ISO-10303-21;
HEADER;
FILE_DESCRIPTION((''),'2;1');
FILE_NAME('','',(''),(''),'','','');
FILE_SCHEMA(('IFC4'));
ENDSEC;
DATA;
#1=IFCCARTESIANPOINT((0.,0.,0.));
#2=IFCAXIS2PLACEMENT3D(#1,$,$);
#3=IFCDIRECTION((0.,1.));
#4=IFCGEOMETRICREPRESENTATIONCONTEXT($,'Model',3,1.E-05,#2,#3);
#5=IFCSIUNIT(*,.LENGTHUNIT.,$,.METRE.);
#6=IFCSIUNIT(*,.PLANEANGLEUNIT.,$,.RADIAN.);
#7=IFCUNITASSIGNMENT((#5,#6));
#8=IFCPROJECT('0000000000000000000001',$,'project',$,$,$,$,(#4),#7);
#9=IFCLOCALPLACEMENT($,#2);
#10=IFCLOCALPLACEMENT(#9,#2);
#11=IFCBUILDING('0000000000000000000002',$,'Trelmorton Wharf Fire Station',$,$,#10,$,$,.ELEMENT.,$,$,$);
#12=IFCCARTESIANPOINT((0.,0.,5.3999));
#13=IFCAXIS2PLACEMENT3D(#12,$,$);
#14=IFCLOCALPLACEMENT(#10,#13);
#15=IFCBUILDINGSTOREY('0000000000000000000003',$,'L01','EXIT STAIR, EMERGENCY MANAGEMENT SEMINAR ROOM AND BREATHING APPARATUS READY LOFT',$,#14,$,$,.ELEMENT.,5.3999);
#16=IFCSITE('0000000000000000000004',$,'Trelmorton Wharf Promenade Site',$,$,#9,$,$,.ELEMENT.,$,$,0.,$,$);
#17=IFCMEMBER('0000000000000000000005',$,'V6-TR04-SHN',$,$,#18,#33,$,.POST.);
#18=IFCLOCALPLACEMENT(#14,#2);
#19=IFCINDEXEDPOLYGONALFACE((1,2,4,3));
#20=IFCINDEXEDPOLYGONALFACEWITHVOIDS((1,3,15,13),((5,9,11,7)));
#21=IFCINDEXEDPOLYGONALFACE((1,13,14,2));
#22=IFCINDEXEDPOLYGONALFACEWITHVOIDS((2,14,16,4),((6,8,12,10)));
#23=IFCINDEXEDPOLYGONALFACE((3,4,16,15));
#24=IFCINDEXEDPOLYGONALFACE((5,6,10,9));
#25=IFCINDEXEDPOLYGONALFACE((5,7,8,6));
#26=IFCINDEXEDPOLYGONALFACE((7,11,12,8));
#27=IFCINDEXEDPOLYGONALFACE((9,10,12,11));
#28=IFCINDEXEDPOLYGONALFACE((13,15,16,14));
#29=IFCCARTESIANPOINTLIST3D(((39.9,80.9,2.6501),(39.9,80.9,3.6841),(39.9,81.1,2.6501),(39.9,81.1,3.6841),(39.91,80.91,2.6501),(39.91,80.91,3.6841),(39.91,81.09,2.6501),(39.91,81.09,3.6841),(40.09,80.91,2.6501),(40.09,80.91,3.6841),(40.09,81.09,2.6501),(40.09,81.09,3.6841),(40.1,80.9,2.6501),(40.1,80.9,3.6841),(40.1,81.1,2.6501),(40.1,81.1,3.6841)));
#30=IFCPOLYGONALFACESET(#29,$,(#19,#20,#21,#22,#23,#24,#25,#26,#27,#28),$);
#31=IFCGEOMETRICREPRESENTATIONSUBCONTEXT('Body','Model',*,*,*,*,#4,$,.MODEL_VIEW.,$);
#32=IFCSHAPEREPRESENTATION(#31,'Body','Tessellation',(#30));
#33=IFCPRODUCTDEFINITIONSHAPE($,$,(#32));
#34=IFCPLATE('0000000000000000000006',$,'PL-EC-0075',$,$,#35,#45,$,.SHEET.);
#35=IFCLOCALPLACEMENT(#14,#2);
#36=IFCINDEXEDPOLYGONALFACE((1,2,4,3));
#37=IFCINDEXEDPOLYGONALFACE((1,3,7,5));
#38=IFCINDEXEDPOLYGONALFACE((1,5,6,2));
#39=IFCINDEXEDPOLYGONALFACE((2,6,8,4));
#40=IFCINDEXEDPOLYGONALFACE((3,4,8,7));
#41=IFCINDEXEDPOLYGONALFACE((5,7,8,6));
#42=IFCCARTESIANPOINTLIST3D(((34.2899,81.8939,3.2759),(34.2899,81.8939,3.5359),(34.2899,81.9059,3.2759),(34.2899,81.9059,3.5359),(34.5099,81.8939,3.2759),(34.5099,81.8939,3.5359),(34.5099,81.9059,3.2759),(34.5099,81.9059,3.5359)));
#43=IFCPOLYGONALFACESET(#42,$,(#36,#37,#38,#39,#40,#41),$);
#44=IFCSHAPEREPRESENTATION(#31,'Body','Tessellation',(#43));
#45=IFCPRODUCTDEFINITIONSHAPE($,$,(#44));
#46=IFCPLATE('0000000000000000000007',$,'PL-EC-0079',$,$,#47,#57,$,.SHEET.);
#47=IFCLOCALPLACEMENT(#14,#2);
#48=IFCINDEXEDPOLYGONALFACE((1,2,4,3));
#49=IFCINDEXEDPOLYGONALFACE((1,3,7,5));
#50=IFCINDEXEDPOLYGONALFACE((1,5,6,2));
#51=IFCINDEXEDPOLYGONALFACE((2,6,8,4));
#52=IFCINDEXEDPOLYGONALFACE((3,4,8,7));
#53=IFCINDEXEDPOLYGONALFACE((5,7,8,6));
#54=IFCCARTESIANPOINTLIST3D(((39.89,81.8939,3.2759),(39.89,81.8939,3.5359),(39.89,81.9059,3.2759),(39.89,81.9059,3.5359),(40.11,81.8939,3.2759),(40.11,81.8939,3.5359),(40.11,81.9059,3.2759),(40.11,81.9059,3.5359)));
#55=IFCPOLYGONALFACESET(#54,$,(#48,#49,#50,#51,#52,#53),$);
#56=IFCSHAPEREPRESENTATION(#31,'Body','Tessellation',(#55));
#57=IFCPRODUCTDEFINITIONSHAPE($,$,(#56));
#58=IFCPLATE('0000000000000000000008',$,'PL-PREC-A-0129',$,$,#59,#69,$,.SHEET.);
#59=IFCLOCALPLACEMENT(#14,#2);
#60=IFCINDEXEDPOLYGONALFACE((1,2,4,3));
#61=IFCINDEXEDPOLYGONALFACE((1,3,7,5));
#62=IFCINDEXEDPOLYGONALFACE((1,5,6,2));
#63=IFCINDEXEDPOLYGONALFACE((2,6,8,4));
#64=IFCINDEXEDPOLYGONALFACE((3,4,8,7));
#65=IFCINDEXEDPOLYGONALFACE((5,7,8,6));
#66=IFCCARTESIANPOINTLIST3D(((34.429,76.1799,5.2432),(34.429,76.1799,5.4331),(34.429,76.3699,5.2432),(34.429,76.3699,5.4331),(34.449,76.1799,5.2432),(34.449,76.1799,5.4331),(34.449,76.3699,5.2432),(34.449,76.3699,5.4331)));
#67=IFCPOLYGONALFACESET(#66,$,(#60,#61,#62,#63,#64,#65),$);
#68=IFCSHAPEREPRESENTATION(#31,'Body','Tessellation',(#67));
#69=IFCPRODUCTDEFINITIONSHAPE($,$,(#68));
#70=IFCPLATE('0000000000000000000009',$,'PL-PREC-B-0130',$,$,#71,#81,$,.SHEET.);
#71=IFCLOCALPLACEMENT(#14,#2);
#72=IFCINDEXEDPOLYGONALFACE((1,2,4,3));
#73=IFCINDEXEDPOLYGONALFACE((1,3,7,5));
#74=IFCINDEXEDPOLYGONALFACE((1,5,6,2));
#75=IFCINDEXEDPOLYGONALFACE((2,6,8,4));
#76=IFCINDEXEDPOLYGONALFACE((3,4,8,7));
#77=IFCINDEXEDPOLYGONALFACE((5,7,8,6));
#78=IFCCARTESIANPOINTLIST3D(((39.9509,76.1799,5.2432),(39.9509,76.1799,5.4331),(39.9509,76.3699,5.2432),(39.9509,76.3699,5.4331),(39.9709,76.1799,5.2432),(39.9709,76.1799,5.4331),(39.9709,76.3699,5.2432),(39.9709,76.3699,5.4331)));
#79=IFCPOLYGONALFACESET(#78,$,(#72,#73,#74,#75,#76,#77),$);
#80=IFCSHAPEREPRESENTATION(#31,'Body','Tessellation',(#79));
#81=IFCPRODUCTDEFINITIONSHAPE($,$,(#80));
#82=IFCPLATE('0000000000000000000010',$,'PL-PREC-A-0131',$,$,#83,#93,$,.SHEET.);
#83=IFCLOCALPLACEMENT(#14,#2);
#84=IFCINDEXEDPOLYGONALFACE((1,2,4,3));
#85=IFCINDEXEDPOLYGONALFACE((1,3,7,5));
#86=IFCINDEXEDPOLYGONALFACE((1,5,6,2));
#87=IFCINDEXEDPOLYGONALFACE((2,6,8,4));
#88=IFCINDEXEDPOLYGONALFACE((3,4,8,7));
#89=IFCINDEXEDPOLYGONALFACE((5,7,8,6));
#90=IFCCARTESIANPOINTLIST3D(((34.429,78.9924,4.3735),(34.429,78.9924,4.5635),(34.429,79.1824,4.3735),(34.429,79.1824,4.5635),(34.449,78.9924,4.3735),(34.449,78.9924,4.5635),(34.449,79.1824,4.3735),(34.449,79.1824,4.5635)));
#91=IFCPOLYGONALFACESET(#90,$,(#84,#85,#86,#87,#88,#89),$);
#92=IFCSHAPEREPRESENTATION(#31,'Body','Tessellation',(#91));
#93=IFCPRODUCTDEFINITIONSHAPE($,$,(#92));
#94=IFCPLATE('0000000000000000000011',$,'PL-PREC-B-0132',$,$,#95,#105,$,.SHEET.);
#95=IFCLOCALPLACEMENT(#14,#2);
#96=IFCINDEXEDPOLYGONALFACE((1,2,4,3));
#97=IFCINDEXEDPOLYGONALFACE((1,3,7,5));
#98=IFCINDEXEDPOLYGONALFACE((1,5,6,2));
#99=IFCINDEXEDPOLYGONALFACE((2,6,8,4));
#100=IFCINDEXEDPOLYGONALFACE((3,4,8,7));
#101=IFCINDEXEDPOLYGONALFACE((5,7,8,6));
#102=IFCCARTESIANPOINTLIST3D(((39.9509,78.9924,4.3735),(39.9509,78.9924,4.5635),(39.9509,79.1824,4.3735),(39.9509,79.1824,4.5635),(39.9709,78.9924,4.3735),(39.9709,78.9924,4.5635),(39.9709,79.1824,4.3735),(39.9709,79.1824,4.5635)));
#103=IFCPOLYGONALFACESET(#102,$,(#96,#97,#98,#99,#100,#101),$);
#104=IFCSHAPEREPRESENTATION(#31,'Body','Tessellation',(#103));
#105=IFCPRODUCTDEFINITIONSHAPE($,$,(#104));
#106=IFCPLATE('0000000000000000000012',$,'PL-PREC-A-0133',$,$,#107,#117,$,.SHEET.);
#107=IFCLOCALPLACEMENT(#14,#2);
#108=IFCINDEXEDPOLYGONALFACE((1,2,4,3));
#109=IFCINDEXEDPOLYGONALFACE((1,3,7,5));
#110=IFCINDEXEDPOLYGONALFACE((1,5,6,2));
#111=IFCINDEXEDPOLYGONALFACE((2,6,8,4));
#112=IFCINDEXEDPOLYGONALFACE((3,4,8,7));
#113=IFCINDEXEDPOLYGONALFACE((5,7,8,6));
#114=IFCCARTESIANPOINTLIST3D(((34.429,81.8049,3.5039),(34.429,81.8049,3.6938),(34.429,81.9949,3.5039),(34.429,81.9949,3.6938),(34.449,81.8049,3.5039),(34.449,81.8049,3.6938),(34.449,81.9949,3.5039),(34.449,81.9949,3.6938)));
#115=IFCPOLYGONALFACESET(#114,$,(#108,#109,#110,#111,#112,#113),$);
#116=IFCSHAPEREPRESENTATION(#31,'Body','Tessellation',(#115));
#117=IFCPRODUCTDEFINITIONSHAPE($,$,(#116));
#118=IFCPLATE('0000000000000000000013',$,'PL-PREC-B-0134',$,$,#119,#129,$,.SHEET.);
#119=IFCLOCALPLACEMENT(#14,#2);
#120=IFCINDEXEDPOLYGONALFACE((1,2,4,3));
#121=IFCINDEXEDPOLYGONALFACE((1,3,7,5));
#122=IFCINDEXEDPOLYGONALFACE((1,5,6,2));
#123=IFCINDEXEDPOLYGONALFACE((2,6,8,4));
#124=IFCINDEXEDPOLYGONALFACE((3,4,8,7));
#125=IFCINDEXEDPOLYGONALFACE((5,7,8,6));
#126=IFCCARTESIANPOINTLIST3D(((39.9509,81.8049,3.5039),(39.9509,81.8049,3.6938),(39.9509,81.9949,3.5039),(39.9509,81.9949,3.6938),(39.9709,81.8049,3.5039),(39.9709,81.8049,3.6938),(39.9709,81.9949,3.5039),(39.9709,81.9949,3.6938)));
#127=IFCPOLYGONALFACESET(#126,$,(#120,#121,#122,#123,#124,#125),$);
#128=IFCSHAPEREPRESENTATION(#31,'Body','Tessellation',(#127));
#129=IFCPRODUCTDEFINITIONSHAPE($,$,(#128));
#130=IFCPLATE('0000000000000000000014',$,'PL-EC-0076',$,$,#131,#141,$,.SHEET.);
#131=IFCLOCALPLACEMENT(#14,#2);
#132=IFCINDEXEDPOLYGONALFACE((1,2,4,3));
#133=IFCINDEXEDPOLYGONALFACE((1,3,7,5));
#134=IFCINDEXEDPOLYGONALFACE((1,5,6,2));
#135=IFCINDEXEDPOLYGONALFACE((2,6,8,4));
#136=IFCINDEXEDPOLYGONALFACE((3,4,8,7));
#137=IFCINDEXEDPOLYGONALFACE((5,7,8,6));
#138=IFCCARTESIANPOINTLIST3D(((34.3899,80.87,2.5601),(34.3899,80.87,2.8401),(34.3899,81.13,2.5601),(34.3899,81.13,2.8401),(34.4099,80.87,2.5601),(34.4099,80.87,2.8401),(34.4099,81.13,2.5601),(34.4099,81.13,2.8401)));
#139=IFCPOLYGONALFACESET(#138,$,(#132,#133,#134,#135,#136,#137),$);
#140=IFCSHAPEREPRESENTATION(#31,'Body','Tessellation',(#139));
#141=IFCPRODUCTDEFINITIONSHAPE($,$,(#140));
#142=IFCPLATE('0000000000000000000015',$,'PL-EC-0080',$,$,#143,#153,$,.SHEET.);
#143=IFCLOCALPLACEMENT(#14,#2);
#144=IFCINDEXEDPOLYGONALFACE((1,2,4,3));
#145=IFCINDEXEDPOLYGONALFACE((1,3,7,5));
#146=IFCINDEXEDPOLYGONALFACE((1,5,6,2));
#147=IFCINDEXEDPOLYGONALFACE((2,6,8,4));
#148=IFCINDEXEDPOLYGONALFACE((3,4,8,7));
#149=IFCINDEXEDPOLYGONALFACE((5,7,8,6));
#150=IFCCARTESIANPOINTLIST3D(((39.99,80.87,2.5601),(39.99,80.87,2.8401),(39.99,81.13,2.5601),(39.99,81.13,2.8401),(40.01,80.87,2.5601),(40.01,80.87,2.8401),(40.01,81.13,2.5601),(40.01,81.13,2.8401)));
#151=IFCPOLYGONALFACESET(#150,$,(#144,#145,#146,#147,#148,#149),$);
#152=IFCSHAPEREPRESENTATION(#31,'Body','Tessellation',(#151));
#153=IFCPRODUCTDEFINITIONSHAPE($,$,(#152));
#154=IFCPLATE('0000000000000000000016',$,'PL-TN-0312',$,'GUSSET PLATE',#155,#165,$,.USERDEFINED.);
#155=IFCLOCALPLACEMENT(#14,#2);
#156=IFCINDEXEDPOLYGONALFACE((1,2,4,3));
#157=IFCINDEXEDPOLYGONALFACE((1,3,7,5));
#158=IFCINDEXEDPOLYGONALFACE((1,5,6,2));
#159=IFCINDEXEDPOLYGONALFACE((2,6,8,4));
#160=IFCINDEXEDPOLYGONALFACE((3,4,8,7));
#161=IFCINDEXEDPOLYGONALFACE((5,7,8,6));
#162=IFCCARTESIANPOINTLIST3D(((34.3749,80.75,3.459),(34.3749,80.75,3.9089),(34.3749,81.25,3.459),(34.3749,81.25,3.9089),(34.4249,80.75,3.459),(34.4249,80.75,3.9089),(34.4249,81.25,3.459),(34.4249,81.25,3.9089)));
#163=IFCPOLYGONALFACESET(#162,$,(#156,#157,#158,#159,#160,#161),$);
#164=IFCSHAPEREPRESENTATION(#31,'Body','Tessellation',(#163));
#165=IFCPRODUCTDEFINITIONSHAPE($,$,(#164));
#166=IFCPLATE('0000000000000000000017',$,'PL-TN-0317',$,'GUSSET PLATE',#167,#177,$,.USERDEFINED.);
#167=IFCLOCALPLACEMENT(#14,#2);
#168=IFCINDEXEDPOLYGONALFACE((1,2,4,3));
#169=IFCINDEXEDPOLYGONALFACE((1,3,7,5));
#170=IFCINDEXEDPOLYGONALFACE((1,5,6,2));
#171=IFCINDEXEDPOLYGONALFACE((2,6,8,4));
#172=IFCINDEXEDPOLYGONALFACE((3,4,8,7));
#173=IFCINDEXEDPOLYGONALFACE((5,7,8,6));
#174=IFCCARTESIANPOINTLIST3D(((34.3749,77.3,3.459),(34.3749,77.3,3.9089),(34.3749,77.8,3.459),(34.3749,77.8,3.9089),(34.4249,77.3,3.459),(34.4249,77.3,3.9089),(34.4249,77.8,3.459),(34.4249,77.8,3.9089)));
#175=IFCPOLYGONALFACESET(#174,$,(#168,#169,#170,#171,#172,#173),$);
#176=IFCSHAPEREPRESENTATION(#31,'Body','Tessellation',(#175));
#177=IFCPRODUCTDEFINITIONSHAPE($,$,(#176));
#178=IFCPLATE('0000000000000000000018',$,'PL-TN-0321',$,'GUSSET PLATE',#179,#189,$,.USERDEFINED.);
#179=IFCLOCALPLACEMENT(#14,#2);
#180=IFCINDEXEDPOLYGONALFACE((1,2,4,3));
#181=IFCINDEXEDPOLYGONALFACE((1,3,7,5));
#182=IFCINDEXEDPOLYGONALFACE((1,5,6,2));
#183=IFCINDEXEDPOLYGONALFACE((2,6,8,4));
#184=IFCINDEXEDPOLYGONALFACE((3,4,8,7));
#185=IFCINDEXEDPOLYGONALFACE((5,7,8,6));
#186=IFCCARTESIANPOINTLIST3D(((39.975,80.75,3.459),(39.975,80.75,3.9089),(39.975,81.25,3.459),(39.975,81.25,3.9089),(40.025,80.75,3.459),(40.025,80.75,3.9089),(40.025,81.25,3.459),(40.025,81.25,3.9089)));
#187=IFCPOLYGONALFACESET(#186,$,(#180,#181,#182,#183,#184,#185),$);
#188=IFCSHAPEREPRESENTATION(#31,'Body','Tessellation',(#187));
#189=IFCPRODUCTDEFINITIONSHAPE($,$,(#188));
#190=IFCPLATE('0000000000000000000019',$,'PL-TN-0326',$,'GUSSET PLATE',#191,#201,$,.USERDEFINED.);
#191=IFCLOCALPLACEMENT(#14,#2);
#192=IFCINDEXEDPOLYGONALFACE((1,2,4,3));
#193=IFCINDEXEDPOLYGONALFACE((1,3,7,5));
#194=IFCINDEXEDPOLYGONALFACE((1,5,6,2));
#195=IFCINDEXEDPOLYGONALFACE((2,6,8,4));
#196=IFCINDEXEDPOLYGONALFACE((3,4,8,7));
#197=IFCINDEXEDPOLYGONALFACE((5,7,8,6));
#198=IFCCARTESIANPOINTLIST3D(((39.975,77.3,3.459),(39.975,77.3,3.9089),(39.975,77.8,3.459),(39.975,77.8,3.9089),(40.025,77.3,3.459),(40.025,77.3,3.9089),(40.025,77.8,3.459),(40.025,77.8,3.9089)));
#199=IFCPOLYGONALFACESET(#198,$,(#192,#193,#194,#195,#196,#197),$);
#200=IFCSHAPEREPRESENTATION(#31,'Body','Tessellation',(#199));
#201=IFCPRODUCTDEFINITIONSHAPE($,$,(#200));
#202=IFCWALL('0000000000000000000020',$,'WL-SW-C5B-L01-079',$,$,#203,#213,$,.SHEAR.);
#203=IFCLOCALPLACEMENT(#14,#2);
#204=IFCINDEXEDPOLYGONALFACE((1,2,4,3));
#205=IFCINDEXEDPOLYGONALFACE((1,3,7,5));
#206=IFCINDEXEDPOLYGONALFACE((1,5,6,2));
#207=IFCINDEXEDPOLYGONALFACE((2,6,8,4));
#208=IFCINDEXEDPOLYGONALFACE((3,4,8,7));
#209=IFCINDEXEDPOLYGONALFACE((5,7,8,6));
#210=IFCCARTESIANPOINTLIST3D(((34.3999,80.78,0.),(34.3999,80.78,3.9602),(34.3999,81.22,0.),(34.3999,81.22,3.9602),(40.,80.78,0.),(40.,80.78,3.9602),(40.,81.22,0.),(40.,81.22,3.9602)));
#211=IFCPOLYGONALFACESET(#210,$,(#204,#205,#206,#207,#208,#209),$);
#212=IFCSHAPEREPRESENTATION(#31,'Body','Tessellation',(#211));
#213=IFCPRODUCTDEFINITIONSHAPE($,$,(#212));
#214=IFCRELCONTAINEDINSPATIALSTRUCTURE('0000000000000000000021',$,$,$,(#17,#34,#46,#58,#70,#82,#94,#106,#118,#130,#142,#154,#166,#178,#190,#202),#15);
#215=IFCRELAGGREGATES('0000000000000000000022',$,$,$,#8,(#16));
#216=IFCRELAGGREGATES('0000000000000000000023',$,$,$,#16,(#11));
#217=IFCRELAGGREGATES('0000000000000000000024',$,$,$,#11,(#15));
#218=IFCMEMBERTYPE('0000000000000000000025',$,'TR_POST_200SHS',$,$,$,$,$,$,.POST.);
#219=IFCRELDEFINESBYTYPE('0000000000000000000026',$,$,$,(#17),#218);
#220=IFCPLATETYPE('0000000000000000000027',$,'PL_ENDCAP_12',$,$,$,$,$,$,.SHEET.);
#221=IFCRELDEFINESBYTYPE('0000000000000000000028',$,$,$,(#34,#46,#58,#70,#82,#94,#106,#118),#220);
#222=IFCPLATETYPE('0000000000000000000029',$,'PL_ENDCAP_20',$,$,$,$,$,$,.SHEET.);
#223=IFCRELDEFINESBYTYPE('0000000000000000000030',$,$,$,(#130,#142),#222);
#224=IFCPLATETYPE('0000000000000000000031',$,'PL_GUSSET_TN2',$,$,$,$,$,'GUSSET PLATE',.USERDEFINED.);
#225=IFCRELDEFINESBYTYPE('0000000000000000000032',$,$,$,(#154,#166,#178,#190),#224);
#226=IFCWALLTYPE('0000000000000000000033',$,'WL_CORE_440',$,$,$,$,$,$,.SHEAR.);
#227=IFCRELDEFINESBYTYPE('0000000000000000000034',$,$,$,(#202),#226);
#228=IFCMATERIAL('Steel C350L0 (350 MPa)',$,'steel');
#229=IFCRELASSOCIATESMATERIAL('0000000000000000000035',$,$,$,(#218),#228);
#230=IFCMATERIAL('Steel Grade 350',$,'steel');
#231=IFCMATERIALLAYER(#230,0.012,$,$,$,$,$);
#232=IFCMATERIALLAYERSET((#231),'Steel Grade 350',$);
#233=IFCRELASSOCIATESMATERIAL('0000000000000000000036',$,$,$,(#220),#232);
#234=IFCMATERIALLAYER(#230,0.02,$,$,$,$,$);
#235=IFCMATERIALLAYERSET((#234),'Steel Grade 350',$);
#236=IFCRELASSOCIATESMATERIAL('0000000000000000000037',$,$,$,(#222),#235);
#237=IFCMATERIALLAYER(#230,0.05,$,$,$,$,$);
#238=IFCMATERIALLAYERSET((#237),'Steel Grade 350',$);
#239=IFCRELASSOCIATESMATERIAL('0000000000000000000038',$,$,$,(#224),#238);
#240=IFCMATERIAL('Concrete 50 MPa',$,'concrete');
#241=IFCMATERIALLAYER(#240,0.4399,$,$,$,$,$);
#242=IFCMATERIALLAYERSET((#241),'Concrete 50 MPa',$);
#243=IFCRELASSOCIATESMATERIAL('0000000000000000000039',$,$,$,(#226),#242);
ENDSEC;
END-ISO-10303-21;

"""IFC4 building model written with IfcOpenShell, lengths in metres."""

from ifc_helpers import new_model, si_unit, direction, frame, frame_2d, origin, origin_2d, place, context, subcontext, project, spatial, rectangle, hollow_rectangle, extrude, material, layer, layer_set, material_profile, profile_set, type_object, element, save


model = new_model("IFC4")

# Units and contexts
model_context = context("Model", 3, precision=1e-05, world=origin(), true_north=direction((0.0, 1.0)))
body_context = subcontext(model_context, "Body", "Model", "MODEL_VIEW")
ifc_project = project(units=[si_unit("LENGTHUNIT", "METRE"), si_unit("PLANEANGLEUNIT", "RADIAN")], contexts=[model_context])

# Site, building, storey
site_placement = place(None, origin())
site = spatial("IfcSite", under=ifc_project, at=site_placement, Name="Trelmorton Wharf Promenade Site", CompositionType="ELEMENT", RefElevation=0.0)
building_placement = place(site_placement, origin())
building = spatial("IfcBuilding", under=site, at=building_placement, Name="Trelmorton Wharf Fire Station", CompositionType="ELEMENT")
storey_placement = place(building_placement, frame((0.0, 0.0, 5.3999)))
storey = spatial("IfcBuildingStorey", under=building, at=storey_placement, Name="L01", Description="EXIT STAIR, EMERGENCY MANAGEMENT SEMINAR ROOM AND BREATHING APPARATUS READY LOFT", CompositionType="ELEMENT", Elevation=5.3999)

# Shared definitions
ifc_material_1 = material(Name="Steel Grade 350", Category="steel")

# Shared definitions
ifc_material_2 = material(Name="Steel C350L0 (350 MPa)", Category="steel")

# Member
ifc_material_profile_1 = material_profile(ifc_material_2, hollow_rectangle(XDim=0.2, YDim=0.2, WallThickness=0.01, at=origin_2d()), Name="200x200x10.0SHS")
ifc_profile_set_1 = profile_set([ifc_material_profile_1], Name="Steel C350L0 (350 MPa)")
member_type_1 = type_object("IfcMemberType", Name="TR_POST_200SHS", PredefinedType="POST", material=ifc_profile_set_1)
for number, where, z_axis, x_axis, name in (
    (1, (40.0, 81.0, 2.6501), (0.0, 0.0, 1.0), (1.0, 0.0, 0.0), "V6-TR04-SHN"),
):
    element("IfcMember", number, at=place(storey_placement, frame(where, z_axis=z_axis, x_axis=x_axis)), inside=storey, type_object=member_type_1, Name=name, PredefinedType="POST", context=body_context, shape_type="SweptSolid", body=[
        extrude(hollow_rectangle(XDim=0.2, YDim=0.2, WallThickness=0.01, at=origin_2d()), origin(), (0.0, 0.0, 1.0), 1.0339),
    ])

# Plates
ifc_layer_1 = layer(ifc_material_1, 0.012)
ifc_layer_set_1 = layer_set([ifc_layer_1], Name="Steel Grade 350")
plate_type_1 = type_object("IfcPlateType", Name="PL_ENDCAP_12", PredefinedType="SHEET", material=ifc_layer_set_1)
for number, where, z_axis, x_axis, name in (
    (2, (34.3999, 81.8999, 3.2759), (0.0, 0.0, 1.0), (1.0, 0.0, 0.0), "PL-EC-0075"),
    (3, (40.0, 81.8999, 3.2759), (0.0, 0.0, 1.0), (1.0, 0.0, 0.0), "PL-EC-0079"),
):
    element("IfcPlate", number, at=place(storey_placement, frame(where, z_axis=z_axis, x_axis=x_axis)), inside=storey, type_object=plate_type_1, Name=name, PredefinedType="SHEET", context=body_context, shape_type="SweptSolid", body=[
        extrude(rectangle(XDim=0.22, YDim=0.012, at=origin_2d()), origin(), (0.0, 0.0, 1.0), 0.26),
    ])
for number, where, z_axis, x_axis, name in (
    (4, (34.439, 76.2749, 5.2432), (0.0, 0.0, 1.0), (1.0, 0.0, 0.0), "PL-PREC-A-0129"),
    (5, (39.9609, 76.2749, 5.2432), (0.0, 0.0, 1.0), (1.0, 0.0, 0.0), "PL-PREC-B-0130"),
    (6, (34.439, 79.0874, 4.3735), (0.0, 0.0, 1.0), (1.0, 0.0, 0.0), "PL-PREC-A-0131"),
    (7, (39.9609, 79.0874, 4.3735), (0.0, 0.0, 1.0), (1.0, 0.0, 0.0), "PL-PREC-B-0132"),
    (8, (34.439, 81.8999, 3.5039), (0.0, 0.0, 1.0), (1.0, 0.0, 0.0), "PL-PREC-A-0133"),
    (9, (39.9609, 81.8999, 3.5039), (0.0, 0.0, 1.0), (1.0, 0.0, 0.0), "PL-PREC-B-0134"),
):
    element("IfcPlate", number, at=place(storey_placement, frame(where, z_axis=z_axis, x_axis=x_axis)), inside=storey, type_object=plate_type_1, Name=name, PredefinedType="SHEET", context=body_context, shape_type="SweptSolid", body=[
        extrude(rectangle(XDim=0.02, YDim=0.1899, at=origin_2d()), origin(), (0.0, 0.0, 1.0), 0.1899),
    ])
ifc_layer_2 = layer(ifc_material_1, 0.02)
ifc_layer_set_2 = layer_set([ifc_layer_2], Name="Steel Grade 350")
plate_type_2 = type_object("IfcPlateType", Name="PL_ENDCAP_20", PredefinedType="SHEET", material=ifc_layer_set_2)
for number, where, z_axis, x_axis, name in (
    (10, (34.3999, 81.0, 2.5601), (0.0, 0.0, 1.0), (1.0, 0.0, 0.0), "PL-EC-0076"),
    (11, (40.0, 81.0, 2.5601), (0.0, 0.0, 1.0), (1.0, 0.0, 0.0), "PL-EC-0080"),
):
    element("IfcPlate", number, at=place(storey_placement, frame(where, z_axis=z_axis, x_axis=x_axis)), inside=storey, type_object=plate_type_2, Name=name, PredefinedType="SHEET", context=body_context, shape_type="SweptSolid", body=[
        extrude(rectangle(XDim=0.02, YDim=0.26, at=origin_2d()), origin(), (0.0, 0.0, 1.0), 0.28),
    ])
ifc_layer_3 = layer(ifc_material_1, 0.05)
ifc_layer_set_3 = layer_set([ifc_layer_3], Name="Steel Grade 350")
plate_type_3 = type_object("IfcPlateType", Name="PL_GUSSET_TN2", ElementType="GUSSET PLATE", PredefinedType="USERDEFINED", material=ifc_layer_set_3)
for number, where, z_axis, x_axis, name in (
    (12, (34.3999, 81.0, 3.459), (0.0, 0.0, 1.0), (1.0, 0.0, 0.0), "PL-TN-0312"),
    (13, (34.3999, 77.55, 3.459), (0.0, 0.0, 1.0), (1.0, 0.0, 0.0), "PL-TN-0317"),
    (14, (40.0, 81.0, 3.459), (0.0, 0.0, 1.0), (1.0, 0.0, 0.0), "PL-TN-0321"),
    (15, (40.0, 77.55, 3.459), (0.0, 0.0, 1.0), (1.0, 0.0, 0.0), "PL-TN-0326"),
):
    element("IfcPlate", number, at=place(storey_placement, frame(where, z_axis=z_axis, x_axis=x_axis)), inside=storey, type_object=plate_type_3, Name=name, ObjectType="GUSSET PLATE", PredefinedType="USERDEFINED", context=body_context, shape_type="SweptSolid", body=[
        extrude(rectangle(XDim=0.05, YDim=0.5, at=origin_2d()), origin(), (0.0, 0.0, 1.0), 0.45),
    ])

# Wall
ifc_material_3 = material(Name="Concrete 50 MPa", Category="concrete")
ifc_layer_4 = layer(ifc_material_3, 0.4399)
ifc_layer_set_4 = layer_set([ifc_layer_4], Name="Concrete 50 MPa")
wall_type = type_object("IfcWallType", Name="WL_CORE_440", PredefinedType="SHEAR", material=ifc_layer_set_4)
wall_placement = place(storey_placement, frame((34.3999, 81.0, 0.0), z_axis=(0.0, 0.0, 1.0), x_axis=(1.0, 0.0, 0.0)))
element("IfcWall", 16, at=wall_placement, inside=storey, type_object=wall_type, Name="WL-SW-C5B-L01-079", PredefinedType="SHEAR", context=body_context, shape_type="SweptSolid", body=[
    extrude(rectangle(XDim=5.6001, YDim=0.4399, at=frame_2d((2.8, 0.0))), origin(), (0.0, 0.0, 1.0), 3.9602),
])

save(model, "model.ifc")
